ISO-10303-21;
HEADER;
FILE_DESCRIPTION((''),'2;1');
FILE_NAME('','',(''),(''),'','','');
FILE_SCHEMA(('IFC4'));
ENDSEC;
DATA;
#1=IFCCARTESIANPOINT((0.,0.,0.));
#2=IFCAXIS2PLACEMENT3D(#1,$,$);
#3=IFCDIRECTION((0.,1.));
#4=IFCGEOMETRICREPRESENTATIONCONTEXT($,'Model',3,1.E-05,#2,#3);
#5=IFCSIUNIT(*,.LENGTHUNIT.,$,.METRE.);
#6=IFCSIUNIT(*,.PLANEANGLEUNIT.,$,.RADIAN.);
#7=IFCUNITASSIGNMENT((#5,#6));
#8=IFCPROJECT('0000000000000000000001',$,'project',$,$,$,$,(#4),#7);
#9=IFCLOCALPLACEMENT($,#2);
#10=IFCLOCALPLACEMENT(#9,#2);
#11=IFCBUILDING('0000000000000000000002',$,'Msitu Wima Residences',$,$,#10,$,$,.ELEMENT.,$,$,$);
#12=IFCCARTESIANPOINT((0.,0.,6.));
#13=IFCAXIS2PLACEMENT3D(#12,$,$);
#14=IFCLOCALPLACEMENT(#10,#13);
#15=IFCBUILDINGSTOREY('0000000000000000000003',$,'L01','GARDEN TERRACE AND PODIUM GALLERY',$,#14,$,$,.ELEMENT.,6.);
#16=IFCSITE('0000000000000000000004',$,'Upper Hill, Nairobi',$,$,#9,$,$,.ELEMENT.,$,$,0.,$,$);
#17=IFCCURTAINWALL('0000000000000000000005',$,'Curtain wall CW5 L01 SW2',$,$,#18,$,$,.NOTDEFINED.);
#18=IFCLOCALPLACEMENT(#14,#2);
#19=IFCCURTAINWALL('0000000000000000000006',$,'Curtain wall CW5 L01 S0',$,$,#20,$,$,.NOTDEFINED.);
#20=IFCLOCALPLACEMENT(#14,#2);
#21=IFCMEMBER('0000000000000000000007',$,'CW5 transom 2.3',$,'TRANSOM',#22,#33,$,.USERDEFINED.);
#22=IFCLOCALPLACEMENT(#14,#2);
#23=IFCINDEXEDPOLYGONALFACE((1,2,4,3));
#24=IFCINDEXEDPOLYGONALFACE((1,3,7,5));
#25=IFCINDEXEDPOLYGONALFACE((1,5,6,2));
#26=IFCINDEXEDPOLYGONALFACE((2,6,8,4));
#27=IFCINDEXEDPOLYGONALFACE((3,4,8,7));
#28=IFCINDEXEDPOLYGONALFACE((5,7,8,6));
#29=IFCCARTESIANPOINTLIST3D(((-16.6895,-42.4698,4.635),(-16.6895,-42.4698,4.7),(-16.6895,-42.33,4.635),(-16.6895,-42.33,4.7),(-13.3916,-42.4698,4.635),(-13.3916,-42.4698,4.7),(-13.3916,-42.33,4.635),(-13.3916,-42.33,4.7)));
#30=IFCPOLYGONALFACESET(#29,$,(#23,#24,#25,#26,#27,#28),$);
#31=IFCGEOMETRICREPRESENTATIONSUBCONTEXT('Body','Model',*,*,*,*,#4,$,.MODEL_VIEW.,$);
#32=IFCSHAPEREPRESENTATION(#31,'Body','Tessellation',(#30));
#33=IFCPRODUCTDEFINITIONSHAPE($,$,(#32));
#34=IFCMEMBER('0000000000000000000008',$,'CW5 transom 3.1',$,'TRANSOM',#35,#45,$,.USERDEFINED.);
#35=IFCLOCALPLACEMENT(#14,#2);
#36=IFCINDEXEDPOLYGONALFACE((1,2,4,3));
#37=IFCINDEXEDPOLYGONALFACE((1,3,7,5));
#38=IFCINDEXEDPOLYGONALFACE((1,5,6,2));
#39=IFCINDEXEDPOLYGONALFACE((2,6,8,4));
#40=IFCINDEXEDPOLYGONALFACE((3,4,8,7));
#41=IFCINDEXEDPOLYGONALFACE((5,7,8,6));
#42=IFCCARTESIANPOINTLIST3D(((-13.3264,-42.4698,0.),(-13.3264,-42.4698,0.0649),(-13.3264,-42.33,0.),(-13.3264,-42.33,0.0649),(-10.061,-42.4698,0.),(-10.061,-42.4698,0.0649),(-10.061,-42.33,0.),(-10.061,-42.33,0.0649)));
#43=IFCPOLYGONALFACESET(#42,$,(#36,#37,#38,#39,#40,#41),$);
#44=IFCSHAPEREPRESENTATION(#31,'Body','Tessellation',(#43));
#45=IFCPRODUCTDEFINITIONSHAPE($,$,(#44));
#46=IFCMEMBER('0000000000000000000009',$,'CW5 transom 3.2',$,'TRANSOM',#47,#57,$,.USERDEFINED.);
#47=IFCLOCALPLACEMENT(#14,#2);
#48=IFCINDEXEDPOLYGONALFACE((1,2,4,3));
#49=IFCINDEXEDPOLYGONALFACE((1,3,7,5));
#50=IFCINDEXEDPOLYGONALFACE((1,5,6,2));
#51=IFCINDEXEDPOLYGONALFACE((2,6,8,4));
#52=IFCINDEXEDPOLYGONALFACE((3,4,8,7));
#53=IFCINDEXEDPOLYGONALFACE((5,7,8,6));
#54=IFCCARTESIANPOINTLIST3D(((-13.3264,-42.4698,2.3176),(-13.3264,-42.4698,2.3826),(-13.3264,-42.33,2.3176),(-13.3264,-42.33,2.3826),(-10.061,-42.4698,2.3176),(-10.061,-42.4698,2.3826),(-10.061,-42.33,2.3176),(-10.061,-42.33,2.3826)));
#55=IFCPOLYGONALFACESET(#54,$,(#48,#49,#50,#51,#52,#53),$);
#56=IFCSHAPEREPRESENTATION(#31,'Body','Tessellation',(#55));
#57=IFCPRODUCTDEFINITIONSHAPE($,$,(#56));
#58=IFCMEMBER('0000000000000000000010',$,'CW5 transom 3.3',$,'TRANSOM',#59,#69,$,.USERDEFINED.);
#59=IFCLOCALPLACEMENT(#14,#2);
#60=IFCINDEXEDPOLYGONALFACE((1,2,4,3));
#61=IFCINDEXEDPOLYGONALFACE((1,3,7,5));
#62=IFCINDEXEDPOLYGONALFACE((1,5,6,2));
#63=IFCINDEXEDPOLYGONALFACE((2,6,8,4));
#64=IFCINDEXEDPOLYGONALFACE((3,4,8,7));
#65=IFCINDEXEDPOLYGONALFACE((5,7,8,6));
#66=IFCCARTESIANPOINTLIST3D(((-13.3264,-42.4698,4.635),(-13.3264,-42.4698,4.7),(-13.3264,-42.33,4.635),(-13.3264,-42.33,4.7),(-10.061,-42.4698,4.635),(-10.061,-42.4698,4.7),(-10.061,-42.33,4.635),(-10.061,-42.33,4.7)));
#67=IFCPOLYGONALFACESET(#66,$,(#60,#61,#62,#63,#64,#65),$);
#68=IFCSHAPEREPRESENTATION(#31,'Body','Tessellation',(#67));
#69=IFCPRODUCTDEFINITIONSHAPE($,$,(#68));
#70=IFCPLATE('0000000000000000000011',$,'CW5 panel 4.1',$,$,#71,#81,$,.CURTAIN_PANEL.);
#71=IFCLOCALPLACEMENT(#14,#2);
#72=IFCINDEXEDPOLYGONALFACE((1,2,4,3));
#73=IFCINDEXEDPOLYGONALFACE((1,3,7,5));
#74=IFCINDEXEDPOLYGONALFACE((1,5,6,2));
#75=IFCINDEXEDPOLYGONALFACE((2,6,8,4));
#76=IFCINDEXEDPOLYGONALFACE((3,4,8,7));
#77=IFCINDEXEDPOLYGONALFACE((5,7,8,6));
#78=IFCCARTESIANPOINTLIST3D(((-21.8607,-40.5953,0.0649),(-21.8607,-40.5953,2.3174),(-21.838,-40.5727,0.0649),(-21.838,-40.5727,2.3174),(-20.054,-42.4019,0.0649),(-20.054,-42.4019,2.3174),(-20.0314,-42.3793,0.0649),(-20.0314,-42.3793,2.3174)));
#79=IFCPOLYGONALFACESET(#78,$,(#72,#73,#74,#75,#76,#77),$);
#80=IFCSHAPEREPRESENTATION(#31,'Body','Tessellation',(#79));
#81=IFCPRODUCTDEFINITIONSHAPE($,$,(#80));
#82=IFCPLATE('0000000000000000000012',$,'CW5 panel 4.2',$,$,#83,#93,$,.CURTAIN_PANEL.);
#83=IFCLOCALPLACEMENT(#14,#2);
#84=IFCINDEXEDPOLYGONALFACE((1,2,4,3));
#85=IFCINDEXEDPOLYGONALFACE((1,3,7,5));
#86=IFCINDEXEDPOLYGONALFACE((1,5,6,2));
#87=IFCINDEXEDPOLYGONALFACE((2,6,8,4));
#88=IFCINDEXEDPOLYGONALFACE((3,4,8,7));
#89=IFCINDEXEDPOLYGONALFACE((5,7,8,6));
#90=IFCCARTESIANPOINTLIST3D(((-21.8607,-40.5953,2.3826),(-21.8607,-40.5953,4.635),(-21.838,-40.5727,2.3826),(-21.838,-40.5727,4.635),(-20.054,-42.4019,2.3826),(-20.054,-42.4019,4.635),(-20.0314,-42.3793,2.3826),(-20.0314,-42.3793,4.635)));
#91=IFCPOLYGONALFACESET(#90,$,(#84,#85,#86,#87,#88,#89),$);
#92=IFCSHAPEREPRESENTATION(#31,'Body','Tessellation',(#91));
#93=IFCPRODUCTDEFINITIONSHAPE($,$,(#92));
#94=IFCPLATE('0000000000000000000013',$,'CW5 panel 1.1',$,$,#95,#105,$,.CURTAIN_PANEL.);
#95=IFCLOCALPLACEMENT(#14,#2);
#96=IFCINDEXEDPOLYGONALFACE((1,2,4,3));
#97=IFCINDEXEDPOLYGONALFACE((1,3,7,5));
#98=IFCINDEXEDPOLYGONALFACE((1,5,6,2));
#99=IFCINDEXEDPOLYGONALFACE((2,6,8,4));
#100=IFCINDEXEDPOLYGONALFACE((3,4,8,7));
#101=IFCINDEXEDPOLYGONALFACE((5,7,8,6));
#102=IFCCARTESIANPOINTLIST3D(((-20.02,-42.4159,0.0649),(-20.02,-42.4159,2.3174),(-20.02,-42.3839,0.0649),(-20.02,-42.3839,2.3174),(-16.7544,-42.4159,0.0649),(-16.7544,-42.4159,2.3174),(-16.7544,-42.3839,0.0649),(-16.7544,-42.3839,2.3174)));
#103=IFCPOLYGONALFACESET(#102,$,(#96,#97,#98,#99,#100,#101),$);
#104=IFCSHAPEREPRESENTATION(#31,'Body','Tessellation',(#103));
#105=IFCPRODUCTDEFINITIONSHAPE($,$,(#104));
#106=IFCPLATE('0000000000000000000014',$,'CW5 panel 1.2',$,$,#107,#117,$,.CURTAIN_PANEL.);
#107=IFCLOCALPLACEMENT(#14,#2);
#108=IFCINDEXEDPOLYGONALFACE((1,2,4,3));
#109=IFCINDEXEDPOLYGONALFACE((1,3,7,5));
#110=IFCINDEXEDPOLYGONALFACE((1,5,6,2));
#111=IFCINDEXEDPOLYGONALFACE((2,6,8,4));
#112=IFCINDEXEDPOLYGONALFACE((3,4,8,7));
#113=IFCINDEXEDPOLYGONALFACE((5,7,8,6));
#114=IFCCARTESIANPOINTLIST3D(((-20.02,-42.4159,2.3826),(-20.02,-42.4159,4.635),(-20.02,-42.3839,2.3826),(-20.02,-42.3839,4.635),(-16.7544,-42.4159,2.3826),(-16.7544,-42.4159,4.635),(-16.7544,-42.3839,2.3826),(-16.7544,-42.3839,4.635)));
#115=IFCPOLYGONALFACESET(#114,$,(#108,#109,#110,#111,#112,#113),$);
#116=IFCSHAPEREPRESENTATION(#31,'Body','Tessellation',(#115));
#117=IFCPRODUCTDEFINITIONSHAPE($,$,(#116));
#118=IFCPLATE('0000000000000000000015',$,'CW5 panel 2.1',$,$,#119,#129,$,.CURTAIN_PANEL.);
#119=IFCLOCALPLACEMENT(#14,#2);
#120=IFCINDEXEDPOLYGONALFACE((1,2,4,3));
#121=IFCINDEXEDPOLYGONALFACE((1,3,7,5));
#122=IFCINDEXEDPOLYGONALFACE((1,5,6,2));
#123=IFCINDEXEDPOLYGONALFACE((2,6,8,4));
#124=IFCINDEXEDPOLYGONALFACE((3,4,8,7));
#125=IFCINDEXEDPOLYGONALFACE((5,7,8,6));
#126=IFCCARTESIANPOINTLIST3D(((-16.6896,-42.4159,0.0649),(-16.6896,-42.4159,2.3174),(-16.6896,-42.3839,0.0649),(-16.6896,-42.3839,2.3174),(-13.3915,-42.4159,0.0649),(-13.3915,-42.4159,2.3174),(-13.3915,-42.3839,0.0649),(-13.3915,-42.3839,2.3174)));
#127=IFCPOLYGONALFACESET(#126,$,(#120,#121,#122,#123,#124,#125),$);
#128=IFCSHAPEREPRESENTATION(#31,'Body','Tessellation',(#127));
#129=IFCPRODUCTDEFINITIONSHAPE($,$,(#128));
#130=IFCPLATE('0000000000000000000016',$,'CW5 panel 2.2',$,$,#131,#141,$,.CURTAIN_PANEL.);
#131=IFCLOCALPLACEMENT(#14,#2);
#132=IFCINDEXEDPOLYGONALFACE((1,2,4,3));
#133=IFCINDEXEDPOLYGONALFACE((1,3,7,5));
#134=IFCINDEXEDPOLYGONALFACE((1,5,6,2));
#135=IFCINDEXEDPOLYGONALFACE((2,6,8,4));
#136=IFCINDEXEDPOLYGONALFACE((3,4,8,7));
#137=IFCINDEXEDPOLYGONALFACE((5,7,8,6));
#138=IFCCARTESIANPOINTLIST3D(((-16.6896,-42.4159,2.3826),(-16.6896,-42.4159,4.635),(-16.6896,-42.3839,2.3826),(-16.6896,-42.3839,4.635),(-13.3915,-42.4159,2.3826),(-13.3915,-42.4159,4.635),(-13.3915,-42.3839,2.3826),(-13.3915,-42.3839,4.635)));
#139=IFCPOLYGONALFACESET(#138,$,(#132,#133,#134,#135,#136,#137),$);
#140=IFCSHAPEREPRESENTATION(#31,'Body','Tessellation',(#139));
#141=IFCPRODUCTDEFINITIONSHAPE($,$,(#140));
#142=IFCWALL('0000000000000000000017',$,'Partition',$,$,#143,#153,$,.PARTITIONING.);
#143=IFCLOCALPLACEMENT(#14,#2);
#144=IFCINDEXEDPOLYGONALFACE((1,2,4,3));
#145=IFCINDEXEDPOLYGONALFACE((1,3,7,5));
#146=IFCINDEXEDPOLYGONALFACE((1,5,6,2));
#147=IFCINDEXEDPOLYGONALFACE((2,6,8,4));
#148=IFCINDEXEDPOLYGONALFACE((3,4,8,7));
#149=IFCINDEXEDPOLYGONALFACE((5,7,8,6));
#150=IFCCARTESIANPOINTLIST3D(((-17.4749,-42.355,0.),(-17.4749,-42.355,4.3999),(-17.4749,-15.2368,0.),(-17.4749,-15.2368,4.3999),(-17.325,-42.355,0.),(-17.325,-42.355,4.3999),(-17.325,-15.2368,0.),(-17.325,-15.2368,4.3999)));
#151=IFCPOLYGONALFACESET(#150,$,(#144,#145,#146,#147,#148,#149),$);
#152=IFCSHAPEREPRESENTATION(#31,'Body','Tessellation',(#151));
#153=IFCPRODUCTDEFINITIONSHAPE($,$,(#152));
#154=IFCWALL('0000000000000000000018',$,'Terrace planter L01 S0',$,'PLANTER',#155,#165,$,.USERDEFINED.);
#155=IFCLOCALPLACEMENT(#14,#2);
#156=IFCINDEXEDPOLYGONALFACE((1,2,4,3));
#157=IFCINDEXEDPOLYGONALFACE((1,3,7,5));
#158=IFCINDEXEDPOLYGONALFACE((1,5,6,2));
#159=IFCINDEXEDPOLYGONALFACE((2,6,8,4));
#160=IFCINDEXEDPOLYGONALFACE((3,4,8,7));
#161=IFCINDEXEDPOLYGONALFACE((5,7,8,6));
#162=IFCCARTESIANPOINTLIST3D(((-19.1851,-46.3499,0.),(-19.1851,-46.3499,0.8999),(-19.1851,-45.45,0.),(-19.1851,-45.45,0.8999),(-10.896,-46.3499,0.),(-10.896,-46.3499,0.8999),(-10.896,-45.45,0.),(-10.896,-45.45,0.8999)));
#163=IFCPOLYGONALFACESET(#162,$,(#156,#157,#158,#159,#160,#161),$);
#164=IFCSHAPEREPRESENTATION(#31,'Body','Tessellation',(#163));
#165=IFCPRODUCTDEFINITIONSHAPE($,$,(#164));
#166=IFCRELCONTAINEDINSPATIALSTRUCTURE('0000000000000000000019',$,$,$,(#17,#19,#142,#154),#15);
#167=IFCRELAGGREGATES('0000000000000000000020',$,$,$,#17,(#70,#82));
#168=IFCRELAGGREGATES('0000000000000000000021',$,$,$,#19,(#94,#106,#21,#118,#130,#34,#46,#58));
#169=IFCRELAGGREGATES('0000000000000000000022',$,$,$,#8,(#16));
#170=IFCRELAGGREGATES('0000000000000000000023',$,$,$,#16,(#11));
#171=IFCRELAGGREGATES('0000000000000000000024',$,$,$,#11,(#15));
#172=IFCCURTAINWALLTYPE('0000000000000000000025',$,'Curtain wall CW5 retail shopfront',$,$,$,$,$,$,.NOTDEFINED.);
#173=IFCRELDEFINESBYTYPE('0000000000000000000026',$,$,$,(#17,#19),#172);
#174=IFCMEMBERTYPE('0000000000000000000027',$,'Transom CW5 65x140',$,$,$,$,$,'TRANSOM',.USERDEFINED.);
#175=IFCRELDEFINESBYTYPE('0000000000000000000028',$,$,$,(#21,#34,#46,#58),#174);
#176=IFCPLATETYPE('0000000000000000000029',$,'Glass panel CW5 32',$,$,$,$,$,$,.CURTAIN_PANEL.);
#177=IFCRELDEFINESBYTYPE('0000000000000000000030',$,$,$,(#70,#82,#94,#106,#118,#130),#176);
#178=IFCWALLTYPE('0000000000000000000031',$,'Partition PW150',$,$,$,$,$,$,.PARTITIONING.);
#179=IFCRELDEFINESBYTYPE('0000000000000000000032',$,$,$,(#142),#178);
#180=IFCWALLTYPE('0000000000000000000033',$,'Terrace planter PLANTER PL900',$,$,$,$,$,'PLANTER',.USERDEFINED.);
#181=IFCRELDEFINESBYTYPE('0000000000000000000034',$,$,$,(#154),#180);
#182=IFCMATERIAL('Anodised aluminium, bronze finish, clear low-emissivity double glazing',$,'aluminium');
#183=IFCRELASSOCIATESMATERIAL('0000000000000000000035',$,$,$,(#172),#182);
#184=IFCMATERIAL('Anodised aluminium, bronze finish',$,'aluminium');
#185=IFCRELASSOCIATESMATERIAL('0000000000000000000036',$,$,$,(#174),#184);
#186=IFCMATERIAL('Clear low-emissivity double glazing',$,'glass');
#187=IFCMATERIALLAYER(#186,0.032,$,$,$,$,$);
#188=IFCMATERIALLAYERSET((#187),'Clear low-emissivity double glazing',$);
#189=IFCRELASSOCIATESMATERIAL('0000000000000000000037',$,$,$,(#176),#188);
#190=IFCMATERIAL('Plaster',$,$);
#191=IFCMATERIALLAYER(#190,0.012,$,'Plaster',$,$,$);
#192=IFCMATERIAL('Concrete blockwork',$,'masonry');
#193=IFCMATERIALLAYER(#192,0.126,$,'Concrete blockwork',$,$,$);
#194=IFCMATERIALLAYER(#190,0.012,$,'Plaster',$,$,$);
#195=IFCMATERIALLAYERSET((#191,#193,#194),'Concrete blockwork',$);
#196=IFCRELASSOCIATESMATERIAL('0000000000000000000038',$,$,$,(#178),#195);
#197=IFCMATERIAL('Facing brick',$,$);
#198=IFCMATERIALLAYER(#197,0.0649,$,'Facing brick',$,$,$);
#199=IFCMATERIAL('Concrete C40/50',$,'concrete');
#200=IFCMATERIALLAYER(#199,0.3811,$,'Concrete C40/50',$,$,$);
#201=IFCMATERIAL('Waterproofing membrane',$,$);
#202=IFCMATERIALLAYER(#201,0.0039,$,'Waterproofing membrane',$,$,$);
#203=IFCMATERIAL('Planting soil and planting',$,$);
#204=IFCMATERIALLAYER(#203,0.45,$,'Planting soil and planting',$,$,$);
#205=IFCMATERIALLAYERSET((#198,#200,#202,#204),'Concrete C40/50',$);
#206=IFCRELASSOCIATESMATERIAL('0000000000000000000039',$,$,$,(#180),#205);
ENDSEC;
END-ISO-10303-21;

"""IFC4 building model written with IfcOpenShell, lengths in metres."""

from ifc_helpers import new_model, si_unit, direction, frame, frame_2d, origin, origin_2d, place, context, subcontext, project, spatial, rectangle, extrude, material, layer, layer_set, material_profile, profile_set, type_object, element, aggregate, save


model = new_model("IFC4")

# Units and contexts
model_context = context("Model", 3, precision=1e-05, world=origin(), true_north=direction((0.0, 1.0)))
body_context = subcontext(model_context, "Body", "Model", "MODEL_VIEW")
ifc_project = project(units=[si_unit("LENGTHUNIT", "METRE"), si_unit("PLANEANGLEUNIT", "RADIAN")], contexts=[model_context])

# Site, building, storey
site_placement = place(None, origin())
site = spatial("IfcSite", under=ifc_project, at=site_placement, Name="Upper Hill, Nairobi", CompositionType="ELEMENT", RefElevation=0.0)
building_placement = place(site_placement, origin())
building = spatial("IfcBuilding", under=site, at=building_placement, Name="Msitu Wima Residences", CompositionType="ELEMENT")
storey_placement = place(building_placement, frame((0.0, 0.0, 6.0)))
storey = spatial("IfcBuildingStorey", under=building, at=storey_placement, Name="L01", Description="GARDEN TERRACE AND PODIUM GALLERY", CompositionType="ELEMENT", Elevation=6.0)

# Curtain wall
ifc_material_1 = material(Name="Anodised aluminium, bronze finish, clear low-emissivity double glazing", Category="aluminium")
curtain_wall_type = type_object("IfcCurtainWallType", Name="Curtain wall CW5 retail shopfront", PredefinedType="NOTDEFINED", material=ifc_material_1)
curtain_wall_1_placement = place(storey_placement, origin())
curtain_wall_1 = element("IfcCurtainWall", 1, at=curtain_wall_1_placement, inside=storey, type_object=curtain_wall_type, Name="Curtain wall CW5 L01 SW2", PredefinedType="NOTDEFINED")
ifc_material_2 = material(Name="Anodised aluminium, bronze finish", Category="aluminium")

# Curtain wall
curtain_wall_2_placement = place(storey_placement, origin())
curtain_wall_2 = element("IfcCurtainWall", 2, at=curtain_wall_2_placement, inside=storey, type_object=curtain_wall_type, Name="Curtain wall CW5 L01 S0", PredefinedType="NOTDEFINED")

# Members
ifc_material_profile_1 = material_profile(ifc_material_2, rectangle(XDim=0.1399, YDim=0.0649, at=origin_2d()), Name="Transom 65x140")
ifc_profile_set_1 = profile_set([ifc_material_profile_1], Name="Anodised aluminium, bronze finish")
member_type_1 = type_object("IfcMemberType", Name="Transom CW5 65x140", ElementType="TRANSOM", PredefinedType="USERDEFINED", material=ifc_profile_set_1)
member_1_placement = place(storey_placement, frame((-16.6895, -42.3999, 4.6675), z_axis=(1.0, 0.0, 0.0), x_axis=(0.0, 1.0, 0.0)))
member_1 = element("IfcMember", 3, at=member_1_placement, type_object=member_type_1, Name="CW5 transom 2.3", ObjectType="TRANSOM", PredefinedType="USERDEFINED", context=body_context, shape_type="SweptSolid", body=[
    extrude(rectangle(XDim=0.1399, YDim=0.0649, at=origin_2d()), origin(), (0.0, 0.0, 1.0), 3.2979),
])
member_2_placement = place(storey_placement, frame((-13.3264, -42.3999, 0.0325), z_axis=(1.0, 0.0, 0.0), x_axis=(0.0, 1.0, 0.0)))
member_2 = element("IfcMember", 4, at=member_2_placement, type_object=member_type_1, Name="CW5 transom 3.1", ObjectType="TRANSOM", PredefinedType="USERDEFINED", context=body_context, shape_type="SweptSolid", body=[
    extrude(rectangle(XDim=0.1399, YDim=0.0649, at=origin_2d()), origin(), (0.0, 0.0, 1.0), 3.2654),
])
member_3_placement = place(storey_placement, frame((-13.3264, -42.3999, 2.3501), z_axis=(1.0, 0.0, 0.0), x_axis=(0.0, 1.0, 0.0)))
member_3 = element("IfcMember", 5, at=member_3_placement, type_object=member_type_1, Name="CW5 transom 3.2", ObjectType="TRANSOM", PredefinedType="USERDEFINED", context=body_context, shape_type="SweptSolid", body=[
    extrude(rectangle(XDim=0.1399, YDim=0.0649, at=origin_2d()), origin(), (0.0, 0.0, 1.0), 3.2654),
])
member_4_placement = place(storey_placement, frame((-13.3264, -42.3999, 4.6675), z_axis=(1.0, 0.0, 0.0), x_axis=(0.0, 1.0, 0.0)))
member_4 = element("IfcMember", 6, at=member_4_placement, type_object=member_type_1, Name="CW5 transom 3.3", ObjectType="TRANSOM", PredefinedType="USERDEFINED", context=body_context, shape_type="SweptSolid", body=[
    extrude(rectangle(XDim=0.1399, YDim=0.0649, at=origin_2d()), origin(), (0.0, 0.0, 1.0), 3.2654),
])

# Plates
ifc_material_3 = material(Name="Clear low-emissivity double glazing", Category="glass")
ifc_layer_1 = layer(ifc_material_3, 0.032)
ifc_layer_set_1 = layer_set([ifc_layer_1], Name="Clear low-emissivity double glazing")
plate_type = type_object("IfcPlateType", Name="Glass panel CW5 32", PredefinedType="CURTAIN_PANEL", material=ifc_layer_set_1)
plate_1_placement = place(storey_placement, frame((-20.946, -41.4873, 0.0649), z_axis=(0.0, 0.0, 1.0), x_axis=(0.707107, -0.707107, 0.0)))
plate_1 = element("IfcPlate", 7, at=plate_1_placement, type_object=plate_type, Name="CW5 panel 4.1", PredefinedType="CURTAIN_PANEL", context=body_context, shape_type="SweptSolid", body=[
    extrude(rectangle(XDim=2.5549, YDim=0.032, at=origin_2d()), origin(), (0.0, 0.0, 1.0), 2.2524),
])
plate_2_placement = place(storey_placement, frame((-20.946, -41.4873, 2.3826), z_axis=(0.0, 0.0, 1.0), x_axis=(0.707107, -0.707107, 0.0)))
plate_2 = element("IfcPlate", 8, at=plate_2_placement, type_object=plate_type, Name="CW5 panel 4.2", PredefinedType="CURTAIN_PANEL", context=body_context, shape_type="SweptSolid", body=[
    extrude(rectangle(XDim=2.5549, YDim=0.032, at=origin_2d()), origin(), (0.0, 0.0, 1.0), 2.2524),
])
aggregate(curtain_wall_1, [plate_1, plate_2])
plate_3_placement = place(storey_placement, frame((-18.3872, -42.3999, 0.0649), z_axis=(0.0, 0.0, 1.0), x_axis=(1.0, 0.0, 0.0)))
plate_3 = element("IfcPlate", 9, at=plate_3_placement, type_object=plate_type, Name="CW5 panel 1.1", PredefinedType="CURTAIN_PANEL", context=body_context, shape_type="SweptSolid", body=[
    extrude(rectangle(XDim=3.2656, YDim=0.032, at=origin_2d()), origin(), (0.0, 0.0, 1.0), 2.2524),
])
plate_4_placement = place(storey_placement, frame((-18.3872, -42.3999, 2.3826), z_axis=(0.0, 0.0, 1.0), x_axis=(1.0, 0.0, 0.0)))
plate_4 = element("IfcPlate", 10, at=plate_4_placement, type_object=plate_type, Name="CW5 panel 1.2", PredefinedType="CURTAIN_PANEL", context=body_context, shape_type="SweptSolid", body=[
    extrude(rectangle(XDim=3.2656, YDim=0.032, at=origin_2d()), origin(), (0.0, 0.0, 1.0), 2.2524),
])
plate_5_placement = place(storey_placement, frame((-15.0405, -42.3999, 0.0649), z_axis=(0.0, 0.0, 1.0), x_axis=(1.0, 0.0, 0.0)))
plate_5 = element("IfcPlate", 11, at=plate_5_placement, type_object=plate_type, Name="CW5 panel 2.1", PredefinedType="CURTAIN_PANEL", context=body_context, shape_type="SweptSolid", body=[
    extrude(rectangle(XDim=3.2981, YDim=0.032, at=origin_2d()), origin(), (0.0, 0.0, 1.0), 2.2524),
])
plate_6_placement = place(storey_placement, frame((-15.0405, -42.3999, 2.3826), z_axis=(0.0, 0.0, 1.0), x_axis=(1.0, 0.0, 0.0)))
plate_6 = element("IfcPlate", 12, at=plate_6_placement, type_object=plate_type, Name="CW5 panel 2.2", PredefinedType="CURTAIN_PANEL", context=body_context, shape_type="SweptSolid", body=[
    extrude(rectangle(XDim=3.2981, YDim=0.032, at=origin_2d()), origin(), (0.0, 0.0, 1.0), 2.2524),
])
aggregate(curtain_wall_2, [plate_3, plate_4, member_1, plate_5, plate_6, member_2, member_3, member_4])

# Walls
ifc_material_4 = material(Name="Plaster")
ifc_layer_2 = layer(ifc_material_4, 0.012, Name="Plaster")
ifc_material_5 = material(Name="Concrete blockwork", Category="masonry")
ifc_layer_3 = layer(ifc_material_5, 0.126, Name="Concrete blockwork")
ifc_layer_4 = layer(ifc_material_4, 0.012, Name="Plaster")
ifc_layer_set_2 = layer_set([ifc_layer_2, ifc_layer_3, ifc_layer_4], Name="Concrete blockwork")
wall_type_1 = type_object("IfcWallType", Name="Partition PW150", PredefinedType="PARTITIONING", material=ifc_layer_set_2)
wall_1_placement = place(storey_placement, frame((-17.3999, -42.355, 0.0), z_axis=(0.0, 0.0, 1.0), x_axis=(0.0, 1.0, 0.0)))
element("IfcWall", 13, at=wall_1_placement, inside=storey, type_object=wall_type_1, Name="Partition", PredefinedType="PARTITIONING", context=body_context, shape_type="SweptSolid", body=[
    extrude(rectangle(XDim=27.1182, YDim=0.1499, at=frame_2d((13.5591, 0.0))), origin(), (0.0, 0.0, 1.0), 4.3999),
])
ifc_material_6 = material(Name="Facing brick")
ifc_layer_5 = layer(ifc_material_6, 0.0649, Name="Facing brick")
ifc_material_7 = material(Name="Concrete C40/50", Category="concrete")
ifc_layer_6 = layer(ifc_material_7, 0.3811, Name="Concrete C40/50")
ifc_material_8 = material(Name="Waterproofing membrane")
ifc_layer_7 = layer(ifc_material_8, 0.0039, Name="Waterproofing membrane")
ifc_material_9 = material(Name="Planting soil and planting")
ifc_layer_8 = layer(ifc_material_9, 0.45, Name="Planting soil and planting")
ifc_layer_set_3 = layer_set([ifc_layer_5, ifc_layer_6, ifc_layer_7, ifc_layer_8], Name="Concrete C40/50")
wall_type_2 = type_object("IfcWallType", Name="Terrace planter PLANTER PL900", ElementType="PLANTER", PredefinedType="USERDEFINED", material=ifc_layer_set_3)
wall_2_placement = place(storey_placement, frame((-19.1851, -45.8999, 0.0), z_axis=(0.0, 0.0, 1.0), x_axis=(1.0, 0.0, 0.0)))
element("IfcWall", 14, at=wall_2_placement, inside=storey, type_object=wall_type_2, Name="Terrace planter L01 S0", ObjectType="PLANTER", PredefinedType="USERDEFINED", context=body_context, shape_type="SweptSolid", body=[
    extrude(rectangle(XDim=8.2891, YDim=0.8999, at=frame_2d((4.1445, 0.0))), origin(), (0.0, 0.0, 1.0), 0.8999),
])

save(model, "model.ifc")
